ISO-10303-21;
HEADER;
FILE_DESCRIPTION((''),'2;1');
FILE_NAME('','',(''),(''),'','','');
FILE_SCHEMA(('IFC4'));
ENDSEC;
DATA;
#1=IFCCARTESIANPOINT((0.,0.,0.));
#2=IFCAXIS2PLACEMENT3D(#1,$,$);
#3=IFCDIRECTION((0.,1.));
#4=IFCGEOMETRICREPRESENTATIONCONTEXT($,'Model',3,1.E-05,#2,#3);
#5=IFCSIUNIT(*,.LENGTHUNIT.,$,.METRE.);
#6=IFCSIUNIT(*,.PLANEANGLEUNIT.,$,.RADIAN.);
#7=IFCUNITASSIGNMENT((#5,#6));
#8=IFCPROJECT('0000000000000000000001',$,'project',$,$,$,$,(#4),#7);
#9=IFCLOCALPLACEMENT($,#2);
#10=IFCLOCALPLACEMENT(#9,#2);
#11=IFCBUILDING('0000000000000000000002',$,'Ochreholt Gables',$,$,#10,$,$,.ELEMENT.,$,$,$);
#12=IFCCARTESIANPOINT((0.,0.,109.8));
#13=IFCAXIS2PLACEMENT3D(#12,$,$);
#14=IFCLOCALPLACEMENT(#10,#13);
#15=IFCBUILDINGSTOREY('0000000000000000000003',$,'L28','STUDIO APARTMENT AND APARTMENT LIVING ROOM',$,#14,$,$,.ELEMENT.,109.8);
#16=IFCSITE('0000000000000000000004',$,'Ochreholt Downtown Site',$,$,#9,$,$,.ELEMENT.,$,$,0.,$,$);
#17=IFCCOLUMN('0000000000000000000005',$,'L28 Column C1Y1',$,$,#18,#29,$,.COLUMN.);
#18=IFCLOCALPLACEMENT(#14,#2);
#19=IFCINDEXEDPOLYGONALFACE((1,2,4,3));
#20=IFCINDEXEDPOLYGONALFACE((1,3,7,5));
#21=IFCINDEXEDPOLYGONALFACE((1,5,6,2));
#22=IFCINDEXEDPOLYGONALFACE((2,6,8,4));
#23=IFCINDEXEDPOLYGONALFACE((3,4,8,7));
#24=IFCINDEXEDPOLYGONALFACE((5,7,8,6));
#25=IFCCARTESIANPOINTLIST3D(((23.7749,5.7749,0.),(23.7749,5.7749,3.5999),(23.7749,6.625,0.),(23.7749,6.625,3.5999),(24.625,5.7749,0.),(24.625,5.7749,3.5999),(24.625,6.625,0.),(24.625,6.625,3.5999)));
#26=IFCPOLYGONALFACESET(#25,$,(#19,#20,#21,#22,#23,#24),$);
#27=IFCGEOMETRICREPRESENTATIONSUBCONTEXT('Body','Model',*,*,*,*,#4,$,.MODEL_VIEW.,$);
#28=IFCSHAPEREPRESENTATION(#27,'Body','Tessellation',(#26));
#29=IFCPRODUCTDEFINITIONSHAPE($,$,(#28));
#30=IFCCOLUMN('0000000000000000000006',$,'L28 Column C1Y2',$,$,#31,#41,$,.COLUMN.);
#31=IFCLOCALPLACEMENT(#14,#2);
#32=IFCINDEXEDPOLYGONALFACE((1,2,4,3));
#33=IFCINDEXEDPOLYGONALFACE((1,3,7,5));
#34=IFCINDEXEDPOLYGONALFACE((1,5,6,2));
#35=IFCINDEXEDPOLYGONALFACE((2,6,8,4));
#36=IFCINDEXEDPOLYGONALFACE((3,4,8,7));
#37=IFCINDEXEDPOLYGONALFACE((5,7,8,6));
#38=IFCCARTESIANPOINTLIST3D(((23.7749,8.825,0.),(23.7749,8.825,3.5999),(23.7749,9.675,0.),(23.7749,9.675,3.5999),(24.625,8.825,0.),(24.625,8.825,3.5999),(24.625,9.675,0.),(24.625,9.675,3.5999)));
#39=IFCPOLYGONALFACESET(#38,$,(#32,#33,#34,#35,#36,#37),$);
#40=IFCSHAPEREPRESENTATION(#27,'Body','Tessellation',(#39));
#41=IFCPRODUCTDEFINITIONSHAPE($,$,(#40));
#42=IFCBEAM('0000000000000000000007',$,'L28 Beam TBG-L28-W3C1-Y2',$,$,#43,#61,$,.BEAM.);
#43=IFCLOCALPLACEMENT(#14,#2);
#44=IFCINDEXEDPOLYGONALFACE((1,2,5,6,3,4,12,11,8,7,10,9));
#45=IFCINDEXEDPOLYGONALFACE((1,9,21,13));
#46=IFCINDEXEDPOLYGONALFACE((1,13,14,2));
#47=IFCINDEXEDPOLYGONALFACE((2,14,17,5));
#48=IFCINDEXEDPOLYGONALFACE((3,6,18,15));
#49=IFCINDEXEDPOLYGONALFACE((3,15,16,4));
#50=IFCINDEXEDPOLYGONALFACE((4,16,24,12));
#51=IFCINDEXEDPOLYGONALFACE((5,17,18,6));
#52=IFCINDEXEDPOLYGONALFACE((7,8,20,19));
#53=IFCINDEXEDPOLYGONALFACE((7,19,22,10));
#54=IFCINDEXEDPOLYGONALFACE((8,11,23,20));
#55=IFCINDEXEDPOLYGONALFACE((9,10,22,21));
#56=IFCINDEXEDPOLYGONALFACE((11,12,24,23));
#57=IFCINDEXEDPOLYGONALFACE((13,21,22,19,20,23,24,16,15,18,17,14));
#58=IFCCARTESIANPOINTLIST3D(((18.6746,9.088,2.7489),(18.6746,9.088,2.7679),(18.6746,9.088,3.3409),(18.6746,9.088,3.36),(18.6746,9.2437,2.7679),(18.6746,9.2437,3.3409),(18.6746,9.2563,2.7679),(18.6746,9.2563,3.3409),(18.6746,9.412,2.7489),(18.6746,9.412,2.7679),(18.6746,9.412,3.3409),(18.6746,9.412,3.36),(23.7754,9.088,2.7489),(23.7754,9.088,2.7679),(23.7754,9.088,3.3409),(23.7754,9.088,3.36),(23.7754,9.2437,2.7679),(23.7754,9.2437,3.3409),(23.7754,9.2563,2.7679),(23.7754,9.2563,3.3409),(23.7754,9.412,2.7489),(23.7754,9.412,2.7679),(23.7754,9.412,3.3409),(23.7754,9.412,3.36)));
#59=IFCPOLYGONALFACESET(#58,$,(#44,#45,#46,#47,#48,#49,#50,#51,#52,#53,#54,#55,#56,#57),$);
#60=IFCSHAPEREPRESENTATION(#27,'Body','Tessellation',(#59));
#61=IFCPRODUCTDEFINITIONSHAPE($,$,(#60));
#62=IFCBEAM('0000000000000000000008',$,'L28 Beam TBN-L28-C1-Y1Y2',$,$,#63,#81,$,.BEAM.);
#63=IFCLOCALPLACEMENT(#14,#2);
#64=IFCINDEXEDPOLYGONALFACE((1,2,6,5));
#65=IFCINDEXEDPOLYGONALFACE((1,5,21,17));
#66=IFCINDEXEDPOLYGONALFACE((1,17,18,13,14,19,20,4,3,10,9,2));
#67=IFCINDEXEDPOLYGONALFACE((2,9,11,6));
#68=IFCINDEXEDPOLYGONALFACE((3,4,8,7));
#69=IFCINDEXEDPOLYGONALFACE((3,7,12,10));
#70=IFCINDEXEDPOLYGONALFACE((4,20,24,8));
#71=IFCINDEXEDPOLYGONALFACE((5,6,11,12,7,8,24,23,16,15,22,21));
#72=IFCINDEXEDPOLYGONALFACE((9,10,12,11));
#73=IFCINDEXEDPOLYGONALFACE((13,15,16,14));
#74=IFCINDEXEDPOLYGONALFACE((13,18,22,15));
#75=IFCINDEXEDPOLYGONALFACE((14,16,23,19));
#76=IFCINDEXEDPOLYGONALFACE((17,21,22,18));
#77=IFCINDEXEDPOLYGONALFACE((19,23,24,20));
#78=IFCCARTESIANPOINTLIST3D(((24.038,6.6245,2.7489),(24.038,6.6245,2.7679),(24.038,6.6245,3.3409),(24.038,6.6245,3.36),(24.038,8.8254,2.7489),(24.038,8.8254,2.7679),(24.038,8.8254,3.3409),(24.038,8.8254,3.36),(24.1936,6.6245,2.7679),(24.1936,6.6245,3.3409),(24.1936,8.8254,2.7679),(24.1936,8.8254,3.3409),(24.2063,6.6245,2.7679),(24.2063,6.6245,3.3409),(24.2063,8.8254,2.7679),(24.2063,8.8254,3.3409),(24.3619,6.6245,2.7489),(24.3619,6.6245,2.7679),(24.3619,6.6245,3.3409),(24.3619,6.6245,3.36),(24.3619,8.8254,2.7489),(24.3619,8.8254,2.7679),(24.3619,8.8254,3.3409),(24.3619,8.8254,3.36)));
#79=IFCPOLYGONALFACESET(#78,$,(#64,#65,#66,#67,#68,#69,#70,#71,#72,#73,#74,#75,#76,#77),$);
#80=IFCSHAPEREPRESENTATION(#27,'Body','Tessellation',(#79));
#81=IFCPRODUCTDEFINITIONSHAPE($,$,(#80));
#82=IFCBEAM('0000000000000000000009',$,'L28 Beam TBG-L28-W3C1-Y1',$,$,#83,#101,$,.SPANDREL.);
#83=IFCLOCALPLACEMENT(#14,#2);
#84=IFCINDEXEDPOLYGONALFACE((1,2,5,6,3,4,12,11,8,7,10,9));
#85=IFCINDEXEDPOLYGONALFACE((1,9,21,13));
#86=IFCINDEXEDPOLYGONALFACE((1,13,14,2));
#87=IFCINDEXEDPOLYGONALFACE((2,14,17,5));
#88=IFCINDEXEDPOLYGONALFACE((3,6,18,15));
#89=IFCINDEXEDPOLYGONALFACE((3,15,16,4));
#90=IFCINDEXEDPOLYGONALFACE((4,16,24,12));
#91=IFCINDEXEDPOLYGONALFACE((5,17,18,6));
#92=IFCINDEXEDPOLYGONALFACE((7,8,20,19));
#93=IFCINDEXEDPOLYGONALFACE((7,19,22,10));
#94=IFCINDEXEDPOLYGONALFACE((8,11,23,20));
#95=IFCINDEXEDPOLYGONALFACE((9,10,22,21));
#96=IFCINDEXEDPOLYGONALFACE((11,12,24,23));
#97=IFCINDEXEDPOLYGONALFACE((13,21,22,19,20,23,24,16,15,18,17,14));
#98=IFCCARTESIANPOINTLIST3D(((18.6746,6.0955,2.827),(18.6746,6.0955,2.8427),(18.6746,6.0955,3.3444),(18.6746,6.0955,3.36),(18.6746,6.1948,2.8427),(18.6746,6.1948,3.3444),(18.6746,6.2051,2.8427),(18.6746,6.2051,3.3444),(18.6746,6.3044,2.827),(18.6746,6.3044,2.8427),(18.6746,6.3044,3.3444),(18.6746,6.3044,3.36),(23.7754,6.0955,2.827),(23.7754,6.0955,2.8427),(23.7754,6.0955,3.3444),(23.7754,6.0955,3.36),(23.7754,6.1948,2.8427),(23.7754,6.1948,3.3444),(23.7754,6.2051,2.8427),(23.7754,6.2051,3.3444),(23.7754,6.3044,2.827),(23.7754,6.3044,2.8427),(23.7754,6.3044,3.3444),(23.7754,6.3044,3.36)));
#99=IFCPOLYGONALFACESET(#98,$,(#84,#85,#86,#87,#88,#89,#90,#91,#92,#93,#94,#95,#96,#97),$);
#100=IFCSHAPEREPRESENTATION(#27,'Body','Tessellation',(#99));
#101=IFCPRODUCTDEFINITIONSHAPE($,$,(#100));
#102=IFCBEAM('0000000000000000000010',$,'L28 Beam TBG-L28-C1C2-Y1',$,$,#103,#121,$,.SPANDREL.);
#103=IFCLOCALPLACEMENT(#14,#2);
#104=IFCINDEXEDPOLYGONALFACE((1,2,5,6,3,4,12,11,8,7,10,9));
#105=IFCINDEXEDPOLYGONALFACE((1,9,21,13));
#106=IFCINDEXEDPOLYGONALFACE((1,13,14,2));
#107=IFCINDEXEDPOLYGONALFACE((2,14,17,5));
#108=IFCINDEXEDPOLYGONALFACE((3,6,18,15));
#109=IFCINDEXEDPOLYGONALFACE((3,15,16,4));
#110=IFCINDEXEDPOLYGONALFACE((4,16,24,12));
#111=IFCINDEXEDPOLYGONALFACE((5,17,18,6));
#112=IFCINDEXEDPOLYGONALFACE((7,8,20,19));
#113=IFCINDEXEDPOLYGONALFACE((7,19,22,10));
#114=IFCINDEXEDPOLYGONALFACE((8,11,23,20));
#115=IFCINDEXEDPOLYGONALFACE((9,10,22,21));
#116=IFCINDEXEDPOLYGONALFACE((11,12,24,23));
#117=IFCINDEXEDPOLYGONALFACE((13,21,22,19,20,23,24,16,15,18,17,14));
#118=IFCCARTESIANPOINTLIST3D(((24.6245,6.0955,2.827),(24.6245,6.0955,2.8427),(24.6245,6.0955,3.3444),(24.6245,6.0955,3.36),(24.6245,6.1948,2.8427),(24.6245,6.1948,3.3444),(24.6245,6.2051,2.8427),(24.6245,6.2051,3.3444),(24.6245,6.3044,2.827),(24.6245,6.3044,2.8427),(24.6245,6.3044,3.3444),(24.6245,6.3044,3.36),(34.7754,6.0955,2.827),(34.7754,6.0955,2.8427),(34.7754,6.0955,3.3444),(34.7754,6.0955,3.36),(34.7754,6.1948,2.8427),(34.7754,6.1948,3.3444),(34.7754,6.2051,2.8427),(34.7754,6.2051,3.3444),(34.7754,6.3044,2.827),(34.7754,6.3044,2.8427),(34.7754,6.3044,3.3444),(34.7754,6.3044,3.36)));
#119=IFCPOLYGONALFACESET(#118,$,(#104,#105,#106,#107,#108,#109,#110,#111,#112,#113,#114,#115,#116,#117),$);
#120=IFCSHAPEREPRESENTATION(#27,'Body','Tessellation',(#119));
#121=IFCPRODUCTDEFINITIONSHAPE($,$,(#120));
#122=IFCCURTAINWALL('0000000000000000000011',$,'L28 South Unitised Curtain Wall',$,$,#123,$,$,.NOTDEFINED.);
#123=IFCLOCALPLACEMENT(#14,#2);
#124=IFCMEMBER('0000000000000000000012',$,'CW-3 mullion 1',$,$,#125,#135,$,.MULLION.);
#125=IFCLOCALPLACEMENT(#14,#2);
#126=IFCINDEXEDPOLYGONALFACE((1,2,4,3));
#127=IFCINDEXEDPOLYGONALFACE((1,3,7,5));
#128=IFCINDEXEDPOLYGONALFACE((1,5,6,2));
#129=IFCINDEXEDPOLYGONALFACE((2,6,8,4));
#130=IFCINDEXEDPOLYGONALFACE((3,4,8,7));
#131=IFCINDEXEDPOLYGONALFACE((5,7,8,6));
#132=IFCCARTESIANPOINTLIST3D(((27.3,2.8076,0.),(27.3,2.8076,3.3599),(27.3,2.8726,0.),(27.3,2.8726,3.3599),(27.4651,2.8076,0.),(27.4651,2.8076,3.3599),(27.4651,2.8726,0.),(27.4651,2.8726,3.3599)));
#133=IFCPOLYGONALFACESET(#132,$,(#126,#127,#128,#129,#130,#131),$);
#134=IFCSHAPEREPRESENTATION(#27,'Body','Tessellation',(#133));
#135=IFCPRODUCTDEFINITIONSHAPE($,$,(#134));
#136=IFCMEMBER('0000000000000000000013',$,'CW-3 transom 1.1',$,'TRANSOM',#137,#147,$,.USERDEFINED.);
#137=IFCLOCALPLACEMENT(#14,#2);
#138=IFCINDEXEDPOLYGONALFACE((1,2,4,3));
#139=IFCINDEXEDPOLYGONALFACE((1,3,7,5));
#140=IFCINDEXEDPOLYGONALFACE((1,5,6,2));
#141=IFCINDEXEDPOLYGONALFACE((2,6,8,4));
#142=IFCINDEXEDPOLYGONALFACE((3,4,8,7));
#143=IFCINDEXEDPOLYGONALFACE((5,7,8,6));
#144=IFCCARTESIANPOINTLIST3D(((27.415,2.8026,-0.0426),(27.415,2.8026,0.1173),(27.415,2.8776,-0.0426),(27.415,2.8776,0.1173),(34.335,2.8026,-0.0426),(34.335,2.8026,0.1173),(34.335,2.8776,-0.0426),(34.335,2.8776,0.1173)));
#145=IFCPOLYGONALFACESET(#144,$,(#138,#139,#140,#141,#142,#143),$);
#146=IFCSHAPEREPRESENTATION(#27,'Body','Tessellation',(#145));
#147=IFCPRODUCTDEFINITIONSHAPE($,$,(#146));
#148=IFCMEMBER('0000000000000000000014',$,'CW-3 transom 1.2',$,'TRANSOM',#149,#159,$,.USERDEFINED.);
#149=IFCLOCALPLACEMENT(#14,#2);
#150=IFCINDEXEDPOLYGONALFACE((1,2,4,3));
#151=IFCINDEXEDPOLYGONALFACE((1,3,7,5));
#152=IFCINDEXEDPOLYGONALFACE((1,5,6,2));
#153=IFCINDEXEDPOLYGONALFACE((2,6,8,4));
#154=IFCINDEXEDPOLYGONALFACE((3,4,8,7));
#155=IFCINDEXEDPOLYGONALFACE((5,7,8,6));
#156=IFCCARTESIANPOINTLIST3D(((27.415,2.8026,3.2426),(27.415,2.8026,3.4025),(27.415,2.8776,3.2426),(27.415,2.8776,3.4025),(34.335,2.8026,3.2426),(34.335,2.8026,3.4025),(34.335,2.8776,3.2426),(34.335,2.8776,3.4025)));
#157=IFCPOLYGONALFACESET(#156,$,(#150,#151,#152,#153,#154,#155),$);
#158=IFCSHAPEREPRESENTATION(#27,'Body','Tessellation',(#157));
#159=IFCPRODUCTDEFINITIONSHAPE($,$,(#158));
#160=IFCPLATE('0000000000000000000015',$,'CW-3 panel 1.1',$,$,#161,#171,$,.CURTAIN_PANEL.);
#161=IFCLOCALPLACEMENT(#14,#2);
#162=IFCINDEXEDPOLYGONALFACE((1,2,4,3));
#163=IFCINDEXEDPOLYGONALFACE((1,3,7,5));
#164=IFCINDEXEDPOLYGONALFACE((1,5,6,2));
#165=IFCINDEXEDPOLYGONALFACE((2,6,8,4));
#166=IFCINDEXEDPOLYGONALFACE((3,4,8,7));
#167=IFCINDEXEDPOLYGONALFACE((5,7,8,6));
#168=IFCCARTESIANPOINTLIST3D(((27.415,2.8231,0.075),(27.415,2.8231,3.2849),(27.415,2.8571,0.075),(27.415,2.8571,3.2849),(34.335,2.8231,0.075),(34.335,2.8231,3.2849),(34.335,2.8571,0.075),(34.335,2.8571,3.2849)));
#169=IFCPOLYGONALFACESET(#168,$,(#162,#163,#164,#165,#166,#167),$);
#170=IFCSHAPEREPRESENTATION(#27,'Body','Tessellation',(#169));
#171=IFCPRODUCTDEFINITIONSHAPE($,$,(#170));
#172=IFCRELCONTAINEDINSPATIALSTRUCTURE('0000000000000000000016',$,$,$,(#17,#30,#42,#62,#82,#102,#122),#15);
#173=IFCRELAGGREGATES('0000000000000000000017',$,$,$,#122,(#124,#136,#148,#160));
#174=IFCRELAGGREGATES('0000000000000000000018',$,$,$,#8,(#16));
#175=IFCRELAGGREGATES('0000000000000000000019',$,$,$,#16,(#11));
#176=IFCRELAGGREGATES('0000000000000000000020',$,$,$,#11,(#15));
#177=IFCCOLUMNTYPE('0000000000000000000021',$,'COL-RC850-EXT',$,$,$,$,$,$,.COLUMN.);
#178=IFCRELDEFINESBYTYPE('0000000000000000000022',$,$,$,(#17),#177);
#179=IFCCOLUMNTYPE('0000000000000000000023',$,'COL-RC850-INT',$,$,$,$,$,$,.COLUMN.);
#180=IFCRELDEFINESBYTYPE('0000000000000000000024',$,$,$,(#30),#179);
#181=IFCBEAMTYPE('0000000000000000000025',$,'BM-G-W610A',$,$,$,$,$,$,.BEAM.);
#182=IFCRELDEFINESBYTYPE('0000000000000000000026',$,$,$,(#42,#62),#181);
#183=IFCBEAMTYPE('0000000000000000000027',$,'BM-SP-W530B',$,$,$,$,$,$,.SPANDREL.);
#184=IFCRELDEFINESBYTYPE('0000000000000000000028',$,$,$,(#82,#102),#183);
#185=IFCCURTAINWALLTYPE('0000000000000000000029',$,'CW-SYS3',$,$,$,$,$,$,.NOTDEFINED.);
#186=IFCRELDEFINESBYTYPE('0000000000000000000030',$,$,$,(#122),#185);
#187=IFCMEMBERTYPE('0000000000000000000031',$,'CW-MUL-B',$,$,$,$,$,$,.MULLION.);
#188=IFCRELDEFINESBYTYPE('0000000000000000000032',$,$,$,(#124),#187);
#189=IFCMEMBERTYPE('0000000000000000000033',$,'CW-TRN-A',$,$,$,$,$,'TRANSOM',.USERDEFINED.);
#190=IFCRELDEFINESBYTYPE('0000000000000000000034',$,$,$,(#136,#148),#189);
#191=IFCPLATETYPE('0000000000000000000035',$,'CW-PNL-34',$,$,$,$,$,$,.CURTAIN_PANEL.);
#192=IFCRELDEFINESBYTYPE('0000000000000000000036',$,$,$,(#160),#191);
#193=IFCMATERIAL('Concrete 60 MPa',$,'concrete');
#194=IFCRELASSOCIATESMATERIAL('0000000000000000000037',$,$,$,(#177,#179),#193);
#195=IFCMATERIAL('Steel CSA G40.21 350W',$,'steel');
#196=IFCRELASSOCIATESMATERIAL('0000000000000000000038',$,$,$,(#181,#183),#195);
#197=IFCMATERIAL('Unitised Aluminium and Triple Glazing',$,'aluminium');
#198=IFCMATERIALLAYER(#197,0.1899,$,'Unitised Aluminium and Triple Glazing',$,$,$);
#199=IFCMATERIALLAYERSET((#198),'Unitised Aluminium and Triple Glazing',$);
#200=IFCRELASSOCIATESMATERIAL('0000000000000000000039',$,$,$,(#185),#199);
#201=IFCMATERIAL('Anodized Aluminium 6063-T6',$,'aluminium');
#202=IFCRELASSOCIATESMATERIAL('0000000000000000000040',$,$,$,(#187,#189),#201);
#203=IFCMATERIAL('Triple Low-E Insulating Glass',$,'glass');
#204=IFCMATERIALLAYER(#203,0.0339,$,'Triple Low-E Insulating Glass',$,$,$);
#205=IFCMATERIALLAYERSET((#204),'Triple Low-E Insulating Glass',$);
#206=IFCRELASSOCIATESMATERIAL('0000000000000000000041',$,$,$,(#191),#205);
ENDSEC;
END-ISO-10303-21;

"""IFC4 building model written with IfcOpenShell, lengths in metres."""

from ifc_helpers import new_model, si_unit, direction, frame, origin, origin_2d, place, context, subcontext, project, spatial, rectangle, i_section, extrude, material, layer, layer_set, material_profile, profile_set, type_object, element, aggregate, save


model = new_model("IFC4")

# Units and contexts
model_context = context("Model", 3, precision=1e-05, world=origin(), true_north=direction((0.0, 1.0)))
body_context = subcontext(model_context, "Body", "Model", "MODEL_VIEW")
ifc_project = project(units=[si_unit("LENGTHUNIT", "METRE"), si_unit("PLANEANGLEUNIT", "RADIAN")], contexts=[model_context])

# Site, building, storey
site_placement = place(None, origin())
site = spatial("IfcSite", under=ifc_project, at=site_placement, Name="Ochreholt Downtown Site", CompositionType="ELEMENT", RefElevation=0.0)
building_placement = place(site_placement, origin())
building = spatial("IfcBuilding", under=site, at=building_placement, Name="Ochreholt Gables", CompositionType="ELEMENT")
storey_placement = place(building_placement, frame((0.0, 0.0, 109.8)))
storey = spatial("IfcBuildingStorey", under=building, at=storey_placement, Name="L28", Description="STUDIO APARTMENT AND APARTMENT LIVING ROOM", CompositionType="ELEMENT", Elevation=109.8)

# Columns
ifc_material_1 = material(Name="Concrete 60 MPa", Category="concrete")
ifc_material_profile_1 = material_profile(ifc_material_1, rectangle(XDim=0.8501, YDim=0.8501, at=origin_2d()), Name="RC850X850")
ifc_profile_set_1 = profile_set([ifc_material_profile_1], Name="Concrete 60 MPa")
column_type_1 = type_object("IfcColumnType", Name="COL-RC850-EXT", PredefinedType="COLUMN", material=ifc_profile_set_1)
column_1_placement = place(storey_placement, frame((24.2, 6.2, 0.0), z_axis=(0.0, 0.0, 1.0), x_axis=(1.0, 0.0, 0.0)))
element("IfcColumn", 1, at=column_1_placement, inside=storey, type_object=column_type_1, Name="L28 Column C1Y1", PredefinedType="COLUMN", context=body_context, shape_type="SweptSolid", body=[
    extrude(rectangle(XDim=0.8501, YDim=0.8501, at=origin_2d()), origin(), (0.0, 0.0, 1.0), 3.5999),
])
ifc_material_profile_2 = material_profile(ifc_material_1, rectangle(XDim=0.8501, YDim=0.8501, at=origin_2d()), Name="RC850X850")
ifc_profile_set_2 = profile_set([ifc_material_profile_2], Name="Concrete 60 MPa")
column_type_2 = type_object("IfcColumnType", Name="COL-RC850-INT", PredefinedType="COLUMN", material=ifc_profile_set_2)
column_2_placement = place(storey_placement, frame((24.2, 9.25, 0.0), z_axis=(0.0, 0.0, 1.0), x_axis=(1.0, 0.0, 0.0)))
element("IfcColumn", 2, at=column_2_placement, inside=storey, type_object=column_type_2, Name="L28 Column C1Y2", PredefinedType="COLUMN", context=body_context, shape_type="SweptSolid", body=[
    extrude(rectangle(XDim=0.8501, YDim=0.8501, at=origin_2d()), origin(), (0.0, 0.0, 1.0), 3.5999),
])

# Beams
ifc_material_2 = material(Name="Steel CSA G40.21 350W", Category="steel")
ifc_material_profile_3 = material_profile(ifc_material_2, i_section(OverallWidth=0.324, OverallDepth=0.6111, WebThickness=0.0127, FlangeThickness=0.019, at=origin_2d()), Name="W610X155")
ifc_profile_set_3 = profile_set([ifc_material_profile_3], Name="Steel CSA G40.21 350W")
beam_type_1 = type_object("IfcBeamType", Name="BM-G-W610A", PredefinedType="BEAM", material=ifc_profile_set_3)
beam_1_placement = place(storey_placement, frame((18.6746, 9.25, 3.0544), z_axis=(1.0, 0.0, 0.0), x_axis=(0.0, 1.0, 0.0)))
element("IfcBeam", 3, at=beam_1_placement, inside=storey, type_object=beam_type_1, Name="L28 Beam TBG-L28-W3C1-Y2", PredefinedType="BEAM", context=body_context, shape_type="SweptSolid", body=[
    extrude(i_section(OverallWidth=0.324, OverallDepth=0.6111, WebThickness=0.0127, FlangeThickness=0.019, at=origin_2d()), origin(), (0.0, 0.0, 1.0), 5.1008),
])
beam_2_placement = place(storey_placement, frame((24.2, 6.6245, 3.0544), z_axis=(0.0, 1.0, 0.0), x_axis=(-1.0, 0.0, 0.0)))
element("IfcBeam", 4, at=beam_2_placement, inside=storey, type_object=beam_type_1, Name="L28 Beam TBN-L28-C1-Y1Y2", PredefinedType="BEAM", context=body_context, shape_type="SweptSolid", body=[
    extrude(i_section(OverallWidth=0.324, OverallDepth=0.6111, WebThickness=0.0127, FlangeThickness=0.019, at=origin_2d()), origin(), (0.0, 0.0, 1.0), 2.2009),
])
ifc_material_profile_4 = material_profile(ifc_material_2, i_section(OverallWidth=0.209, OverallDepth=0.533, WebThickness=0.0103, FlangeThickness=0.0156, at=origin_2d()), Name="W530X92")
ifc_profile_set_4 = profile_set([ifc_material_profile_4], Name="Steel CSA G40.21 350W")
beam_type_2 = type_object("IfcBeamType", Name="BM-SP-W530B", PredefinedType="SPANDREL", material=ifc_profile_set_4)
beam_3_placement = place(storey_placement, frame((18.6746, 6.2, 3.0935), z_axis=(1.0, 0.0, 0.0), x_axis=(0.0, 1.0, 0.0)))
element("IfcBeam", 5, at=beam_3_placement, inside=storey, type_object=beam_type_2, Name="L28 Beam TBG-L28-W3C1-Y1", PredefinedType="SPANDREL", context=body_context, shape_type="SweptSolid", body=[
    extrude(i_section(OverallWidth=0.209, OverallDepth=0.533, WebThickness=0.0103, FlangeThickness=0.0156, at=origin_2d()), origin(), (0.0, 0.0, 1.0), 5.1008),
])
beam_4_placement = place(storey_placement, frame((24.6245, 6.2, 3.0935), z_axis=(1.0, 0.0, 0.0), x_axis=(0.0, 1.0, 0.0)))
element("IfcBeam", 6, at=beam_4_placement, inside=storey, type_object=beam_type_2, Name="L28 Beam TBG-L28-C1C2-Y1", PredefinedType="SPANDREL", context=body_context, shape_type="SweptSolid", body=[
    extrude(i_section(OverallWidth=0.209, OverallDepth=0.533, WebThickness=0.0103, FlangeThickness=0.0156, at=origin_2d()), origin(), (0.0, 0.0, 1.0), 10.1509),
])

# Curtain wall, members, plate
ifc_material_3 = material(Name="Unitised Aluminium and Triple Glazing", Category="aluminium")
ifc_layer_1 = layer(ifc_material_3, 0.1899, Name="Unitised Aluminium and Triple Glazing")
ifc_layer_set_1 = layer_set([ifc_layer_1], Name="Unitised Aluminium and Triple Glazing")
curtain_wall_type = type_object("IfcCurtainWallType", Name="CW-SYS3", PredefinedType="NOTDEFINED", material=ifc_layer_set_1)
curtain_wall_placement = place(storey_placement, origin())
curtain_wall = element("IfcCurtainWall", 7, at=curtain_wall_placement, inside=storey, type_object=curtain_wall_type, Name="L28 South Unitised Curtain Wall", PredefinedType="NOTDEFINED")
ifc_material_4 = material(Name="Anodized Aluminium 6063-T6", Category="aluminium")
ifc_material_profile_5 = material_profile(ifc_material_4, rectangle(XDim=0.0649, YDim=0.165, at=origin_2d()), Name="CWM65X165")
ifc_profile_set_5 = profile_set([ifc_material_profile_5], Name="Anodized Aluminium 6063-T6")
member_type_1 = type_object("IfcMemberType", Name="CW-MUL-B", PredefinedType="MULLION", material=ifc_profile_set_5)
member_1_placement = place(storey_placement, frame((27.3826, 2.8401, 0.0), z_axis=(0.0, 0.0, 1.0), x_axis=(0.0, 1.0, 0.0)))
member_1 = element("IfcMember", 8, at=member_1_placement, type_object=member_type_1, Name="CW-3 mullion 1", PredefinedType="MULLION", context=body_context, shape_type="SweptSolid", body=[
    extrude(rectangle(XDim=0.0649, YDim=0.165, at=origin_2d()), origin(), (0.0, 0.0, 1.0), 3.3599),
])
ifc_material_profile_6 = material_profile(ifc_material_4, rectangle(XDim=0.075, YDim=0.1599, at=origin_2d()), Name="CWT75X160")
ifc_profile_set_6 = profile_set([ifc_material_profile_6], Name="Anodized Aluminium 6063-T6")
member_type_2 = type_object("IfcMemberType", Name="CW-TRN-A", ElementType="TRANSOM", PredefinedType="USERDEFINED", material=ifc_profile_set_6)
member_2_placement = place(storey_placement, frame((27.415, 2.8401, 0.0374), z_axis=(1.0, 0.0, 0.0), x_axis=(0.0, 1.0, 0.0)))
member_2 = element("IfcMember", 9, at=member_2_placement, type_object=member_type_2, Name="CW-3 transom 1.1", ObjectType="TRANSOM", PredefinedType="USERDEFINED", context=body_context, shape_type="SweptSolid", body=[
    extrude(rectangle(XDim=0.075, YDim=0.1599, at=origin_2d()), origin(), (0.0, 0.0, 1.0), 6.9199),
])
member_3_placement = place(storey_placement, frame((27.415, 2.8401, 3.3225), z_axis=(1.0, 0.0, 0.0), x_axis=(0.0, 1.0, 0.0)))
member_3 = element("IfcMember", 10, at=member_3_placement, type_object=member_type_2, Name="CW-3 transom 1.2", ObjectType="TRANSOM", PredefinedType="USERDEFINED", context=body_context, shape_type="SweptSolid", body=[
    extrude(rectangle(XDim=0.075, YDim=0.1599, at=origin_2d()), origin(), (0.0, 0.0, 1.0), 6.9199),
])
ifc_material_5 = material(Name="Triple Low-E Insulating Glass", Category="glass")
ifc_layer_2 = layer(ifc_material_5, 0.0339, Name="Triple Low-E Insulating Glass")
ifc_layer_set_2 = layer_set([ifc_layer_2], Name="Triple Low-E Insulating Glass")
plate_type = type_object("IfcPlateType", Name="CW-PNL-34", PredefinedType="CURTAIN_PANEL", material=ifc_layer_set_2)
plate_placement = place(storey_placement, frame((30.875, 2.8401, 0.075), z_axis=(0.0, 0.0, 1.0), x_axis=(1.0, 0.0, 0.0)))
plate = element("IfcPlate", 11, at=plate_placement, type_object=plate_type, Name="CW-3 panel 1.1", PredefinedType="CURTAIN_PANEL", context=body_context, shape_type="SweptSolid", body=[
    extrude(rectangle(XDim=6.9199, YDim=0.0339, at=origin_2d()), origin(), (0.0, 0.0, 1.0), 3.21),
])
aggregate(curtain_wall, [member_1, member_2, member_3, plate])

save(model, "model.ifc")
